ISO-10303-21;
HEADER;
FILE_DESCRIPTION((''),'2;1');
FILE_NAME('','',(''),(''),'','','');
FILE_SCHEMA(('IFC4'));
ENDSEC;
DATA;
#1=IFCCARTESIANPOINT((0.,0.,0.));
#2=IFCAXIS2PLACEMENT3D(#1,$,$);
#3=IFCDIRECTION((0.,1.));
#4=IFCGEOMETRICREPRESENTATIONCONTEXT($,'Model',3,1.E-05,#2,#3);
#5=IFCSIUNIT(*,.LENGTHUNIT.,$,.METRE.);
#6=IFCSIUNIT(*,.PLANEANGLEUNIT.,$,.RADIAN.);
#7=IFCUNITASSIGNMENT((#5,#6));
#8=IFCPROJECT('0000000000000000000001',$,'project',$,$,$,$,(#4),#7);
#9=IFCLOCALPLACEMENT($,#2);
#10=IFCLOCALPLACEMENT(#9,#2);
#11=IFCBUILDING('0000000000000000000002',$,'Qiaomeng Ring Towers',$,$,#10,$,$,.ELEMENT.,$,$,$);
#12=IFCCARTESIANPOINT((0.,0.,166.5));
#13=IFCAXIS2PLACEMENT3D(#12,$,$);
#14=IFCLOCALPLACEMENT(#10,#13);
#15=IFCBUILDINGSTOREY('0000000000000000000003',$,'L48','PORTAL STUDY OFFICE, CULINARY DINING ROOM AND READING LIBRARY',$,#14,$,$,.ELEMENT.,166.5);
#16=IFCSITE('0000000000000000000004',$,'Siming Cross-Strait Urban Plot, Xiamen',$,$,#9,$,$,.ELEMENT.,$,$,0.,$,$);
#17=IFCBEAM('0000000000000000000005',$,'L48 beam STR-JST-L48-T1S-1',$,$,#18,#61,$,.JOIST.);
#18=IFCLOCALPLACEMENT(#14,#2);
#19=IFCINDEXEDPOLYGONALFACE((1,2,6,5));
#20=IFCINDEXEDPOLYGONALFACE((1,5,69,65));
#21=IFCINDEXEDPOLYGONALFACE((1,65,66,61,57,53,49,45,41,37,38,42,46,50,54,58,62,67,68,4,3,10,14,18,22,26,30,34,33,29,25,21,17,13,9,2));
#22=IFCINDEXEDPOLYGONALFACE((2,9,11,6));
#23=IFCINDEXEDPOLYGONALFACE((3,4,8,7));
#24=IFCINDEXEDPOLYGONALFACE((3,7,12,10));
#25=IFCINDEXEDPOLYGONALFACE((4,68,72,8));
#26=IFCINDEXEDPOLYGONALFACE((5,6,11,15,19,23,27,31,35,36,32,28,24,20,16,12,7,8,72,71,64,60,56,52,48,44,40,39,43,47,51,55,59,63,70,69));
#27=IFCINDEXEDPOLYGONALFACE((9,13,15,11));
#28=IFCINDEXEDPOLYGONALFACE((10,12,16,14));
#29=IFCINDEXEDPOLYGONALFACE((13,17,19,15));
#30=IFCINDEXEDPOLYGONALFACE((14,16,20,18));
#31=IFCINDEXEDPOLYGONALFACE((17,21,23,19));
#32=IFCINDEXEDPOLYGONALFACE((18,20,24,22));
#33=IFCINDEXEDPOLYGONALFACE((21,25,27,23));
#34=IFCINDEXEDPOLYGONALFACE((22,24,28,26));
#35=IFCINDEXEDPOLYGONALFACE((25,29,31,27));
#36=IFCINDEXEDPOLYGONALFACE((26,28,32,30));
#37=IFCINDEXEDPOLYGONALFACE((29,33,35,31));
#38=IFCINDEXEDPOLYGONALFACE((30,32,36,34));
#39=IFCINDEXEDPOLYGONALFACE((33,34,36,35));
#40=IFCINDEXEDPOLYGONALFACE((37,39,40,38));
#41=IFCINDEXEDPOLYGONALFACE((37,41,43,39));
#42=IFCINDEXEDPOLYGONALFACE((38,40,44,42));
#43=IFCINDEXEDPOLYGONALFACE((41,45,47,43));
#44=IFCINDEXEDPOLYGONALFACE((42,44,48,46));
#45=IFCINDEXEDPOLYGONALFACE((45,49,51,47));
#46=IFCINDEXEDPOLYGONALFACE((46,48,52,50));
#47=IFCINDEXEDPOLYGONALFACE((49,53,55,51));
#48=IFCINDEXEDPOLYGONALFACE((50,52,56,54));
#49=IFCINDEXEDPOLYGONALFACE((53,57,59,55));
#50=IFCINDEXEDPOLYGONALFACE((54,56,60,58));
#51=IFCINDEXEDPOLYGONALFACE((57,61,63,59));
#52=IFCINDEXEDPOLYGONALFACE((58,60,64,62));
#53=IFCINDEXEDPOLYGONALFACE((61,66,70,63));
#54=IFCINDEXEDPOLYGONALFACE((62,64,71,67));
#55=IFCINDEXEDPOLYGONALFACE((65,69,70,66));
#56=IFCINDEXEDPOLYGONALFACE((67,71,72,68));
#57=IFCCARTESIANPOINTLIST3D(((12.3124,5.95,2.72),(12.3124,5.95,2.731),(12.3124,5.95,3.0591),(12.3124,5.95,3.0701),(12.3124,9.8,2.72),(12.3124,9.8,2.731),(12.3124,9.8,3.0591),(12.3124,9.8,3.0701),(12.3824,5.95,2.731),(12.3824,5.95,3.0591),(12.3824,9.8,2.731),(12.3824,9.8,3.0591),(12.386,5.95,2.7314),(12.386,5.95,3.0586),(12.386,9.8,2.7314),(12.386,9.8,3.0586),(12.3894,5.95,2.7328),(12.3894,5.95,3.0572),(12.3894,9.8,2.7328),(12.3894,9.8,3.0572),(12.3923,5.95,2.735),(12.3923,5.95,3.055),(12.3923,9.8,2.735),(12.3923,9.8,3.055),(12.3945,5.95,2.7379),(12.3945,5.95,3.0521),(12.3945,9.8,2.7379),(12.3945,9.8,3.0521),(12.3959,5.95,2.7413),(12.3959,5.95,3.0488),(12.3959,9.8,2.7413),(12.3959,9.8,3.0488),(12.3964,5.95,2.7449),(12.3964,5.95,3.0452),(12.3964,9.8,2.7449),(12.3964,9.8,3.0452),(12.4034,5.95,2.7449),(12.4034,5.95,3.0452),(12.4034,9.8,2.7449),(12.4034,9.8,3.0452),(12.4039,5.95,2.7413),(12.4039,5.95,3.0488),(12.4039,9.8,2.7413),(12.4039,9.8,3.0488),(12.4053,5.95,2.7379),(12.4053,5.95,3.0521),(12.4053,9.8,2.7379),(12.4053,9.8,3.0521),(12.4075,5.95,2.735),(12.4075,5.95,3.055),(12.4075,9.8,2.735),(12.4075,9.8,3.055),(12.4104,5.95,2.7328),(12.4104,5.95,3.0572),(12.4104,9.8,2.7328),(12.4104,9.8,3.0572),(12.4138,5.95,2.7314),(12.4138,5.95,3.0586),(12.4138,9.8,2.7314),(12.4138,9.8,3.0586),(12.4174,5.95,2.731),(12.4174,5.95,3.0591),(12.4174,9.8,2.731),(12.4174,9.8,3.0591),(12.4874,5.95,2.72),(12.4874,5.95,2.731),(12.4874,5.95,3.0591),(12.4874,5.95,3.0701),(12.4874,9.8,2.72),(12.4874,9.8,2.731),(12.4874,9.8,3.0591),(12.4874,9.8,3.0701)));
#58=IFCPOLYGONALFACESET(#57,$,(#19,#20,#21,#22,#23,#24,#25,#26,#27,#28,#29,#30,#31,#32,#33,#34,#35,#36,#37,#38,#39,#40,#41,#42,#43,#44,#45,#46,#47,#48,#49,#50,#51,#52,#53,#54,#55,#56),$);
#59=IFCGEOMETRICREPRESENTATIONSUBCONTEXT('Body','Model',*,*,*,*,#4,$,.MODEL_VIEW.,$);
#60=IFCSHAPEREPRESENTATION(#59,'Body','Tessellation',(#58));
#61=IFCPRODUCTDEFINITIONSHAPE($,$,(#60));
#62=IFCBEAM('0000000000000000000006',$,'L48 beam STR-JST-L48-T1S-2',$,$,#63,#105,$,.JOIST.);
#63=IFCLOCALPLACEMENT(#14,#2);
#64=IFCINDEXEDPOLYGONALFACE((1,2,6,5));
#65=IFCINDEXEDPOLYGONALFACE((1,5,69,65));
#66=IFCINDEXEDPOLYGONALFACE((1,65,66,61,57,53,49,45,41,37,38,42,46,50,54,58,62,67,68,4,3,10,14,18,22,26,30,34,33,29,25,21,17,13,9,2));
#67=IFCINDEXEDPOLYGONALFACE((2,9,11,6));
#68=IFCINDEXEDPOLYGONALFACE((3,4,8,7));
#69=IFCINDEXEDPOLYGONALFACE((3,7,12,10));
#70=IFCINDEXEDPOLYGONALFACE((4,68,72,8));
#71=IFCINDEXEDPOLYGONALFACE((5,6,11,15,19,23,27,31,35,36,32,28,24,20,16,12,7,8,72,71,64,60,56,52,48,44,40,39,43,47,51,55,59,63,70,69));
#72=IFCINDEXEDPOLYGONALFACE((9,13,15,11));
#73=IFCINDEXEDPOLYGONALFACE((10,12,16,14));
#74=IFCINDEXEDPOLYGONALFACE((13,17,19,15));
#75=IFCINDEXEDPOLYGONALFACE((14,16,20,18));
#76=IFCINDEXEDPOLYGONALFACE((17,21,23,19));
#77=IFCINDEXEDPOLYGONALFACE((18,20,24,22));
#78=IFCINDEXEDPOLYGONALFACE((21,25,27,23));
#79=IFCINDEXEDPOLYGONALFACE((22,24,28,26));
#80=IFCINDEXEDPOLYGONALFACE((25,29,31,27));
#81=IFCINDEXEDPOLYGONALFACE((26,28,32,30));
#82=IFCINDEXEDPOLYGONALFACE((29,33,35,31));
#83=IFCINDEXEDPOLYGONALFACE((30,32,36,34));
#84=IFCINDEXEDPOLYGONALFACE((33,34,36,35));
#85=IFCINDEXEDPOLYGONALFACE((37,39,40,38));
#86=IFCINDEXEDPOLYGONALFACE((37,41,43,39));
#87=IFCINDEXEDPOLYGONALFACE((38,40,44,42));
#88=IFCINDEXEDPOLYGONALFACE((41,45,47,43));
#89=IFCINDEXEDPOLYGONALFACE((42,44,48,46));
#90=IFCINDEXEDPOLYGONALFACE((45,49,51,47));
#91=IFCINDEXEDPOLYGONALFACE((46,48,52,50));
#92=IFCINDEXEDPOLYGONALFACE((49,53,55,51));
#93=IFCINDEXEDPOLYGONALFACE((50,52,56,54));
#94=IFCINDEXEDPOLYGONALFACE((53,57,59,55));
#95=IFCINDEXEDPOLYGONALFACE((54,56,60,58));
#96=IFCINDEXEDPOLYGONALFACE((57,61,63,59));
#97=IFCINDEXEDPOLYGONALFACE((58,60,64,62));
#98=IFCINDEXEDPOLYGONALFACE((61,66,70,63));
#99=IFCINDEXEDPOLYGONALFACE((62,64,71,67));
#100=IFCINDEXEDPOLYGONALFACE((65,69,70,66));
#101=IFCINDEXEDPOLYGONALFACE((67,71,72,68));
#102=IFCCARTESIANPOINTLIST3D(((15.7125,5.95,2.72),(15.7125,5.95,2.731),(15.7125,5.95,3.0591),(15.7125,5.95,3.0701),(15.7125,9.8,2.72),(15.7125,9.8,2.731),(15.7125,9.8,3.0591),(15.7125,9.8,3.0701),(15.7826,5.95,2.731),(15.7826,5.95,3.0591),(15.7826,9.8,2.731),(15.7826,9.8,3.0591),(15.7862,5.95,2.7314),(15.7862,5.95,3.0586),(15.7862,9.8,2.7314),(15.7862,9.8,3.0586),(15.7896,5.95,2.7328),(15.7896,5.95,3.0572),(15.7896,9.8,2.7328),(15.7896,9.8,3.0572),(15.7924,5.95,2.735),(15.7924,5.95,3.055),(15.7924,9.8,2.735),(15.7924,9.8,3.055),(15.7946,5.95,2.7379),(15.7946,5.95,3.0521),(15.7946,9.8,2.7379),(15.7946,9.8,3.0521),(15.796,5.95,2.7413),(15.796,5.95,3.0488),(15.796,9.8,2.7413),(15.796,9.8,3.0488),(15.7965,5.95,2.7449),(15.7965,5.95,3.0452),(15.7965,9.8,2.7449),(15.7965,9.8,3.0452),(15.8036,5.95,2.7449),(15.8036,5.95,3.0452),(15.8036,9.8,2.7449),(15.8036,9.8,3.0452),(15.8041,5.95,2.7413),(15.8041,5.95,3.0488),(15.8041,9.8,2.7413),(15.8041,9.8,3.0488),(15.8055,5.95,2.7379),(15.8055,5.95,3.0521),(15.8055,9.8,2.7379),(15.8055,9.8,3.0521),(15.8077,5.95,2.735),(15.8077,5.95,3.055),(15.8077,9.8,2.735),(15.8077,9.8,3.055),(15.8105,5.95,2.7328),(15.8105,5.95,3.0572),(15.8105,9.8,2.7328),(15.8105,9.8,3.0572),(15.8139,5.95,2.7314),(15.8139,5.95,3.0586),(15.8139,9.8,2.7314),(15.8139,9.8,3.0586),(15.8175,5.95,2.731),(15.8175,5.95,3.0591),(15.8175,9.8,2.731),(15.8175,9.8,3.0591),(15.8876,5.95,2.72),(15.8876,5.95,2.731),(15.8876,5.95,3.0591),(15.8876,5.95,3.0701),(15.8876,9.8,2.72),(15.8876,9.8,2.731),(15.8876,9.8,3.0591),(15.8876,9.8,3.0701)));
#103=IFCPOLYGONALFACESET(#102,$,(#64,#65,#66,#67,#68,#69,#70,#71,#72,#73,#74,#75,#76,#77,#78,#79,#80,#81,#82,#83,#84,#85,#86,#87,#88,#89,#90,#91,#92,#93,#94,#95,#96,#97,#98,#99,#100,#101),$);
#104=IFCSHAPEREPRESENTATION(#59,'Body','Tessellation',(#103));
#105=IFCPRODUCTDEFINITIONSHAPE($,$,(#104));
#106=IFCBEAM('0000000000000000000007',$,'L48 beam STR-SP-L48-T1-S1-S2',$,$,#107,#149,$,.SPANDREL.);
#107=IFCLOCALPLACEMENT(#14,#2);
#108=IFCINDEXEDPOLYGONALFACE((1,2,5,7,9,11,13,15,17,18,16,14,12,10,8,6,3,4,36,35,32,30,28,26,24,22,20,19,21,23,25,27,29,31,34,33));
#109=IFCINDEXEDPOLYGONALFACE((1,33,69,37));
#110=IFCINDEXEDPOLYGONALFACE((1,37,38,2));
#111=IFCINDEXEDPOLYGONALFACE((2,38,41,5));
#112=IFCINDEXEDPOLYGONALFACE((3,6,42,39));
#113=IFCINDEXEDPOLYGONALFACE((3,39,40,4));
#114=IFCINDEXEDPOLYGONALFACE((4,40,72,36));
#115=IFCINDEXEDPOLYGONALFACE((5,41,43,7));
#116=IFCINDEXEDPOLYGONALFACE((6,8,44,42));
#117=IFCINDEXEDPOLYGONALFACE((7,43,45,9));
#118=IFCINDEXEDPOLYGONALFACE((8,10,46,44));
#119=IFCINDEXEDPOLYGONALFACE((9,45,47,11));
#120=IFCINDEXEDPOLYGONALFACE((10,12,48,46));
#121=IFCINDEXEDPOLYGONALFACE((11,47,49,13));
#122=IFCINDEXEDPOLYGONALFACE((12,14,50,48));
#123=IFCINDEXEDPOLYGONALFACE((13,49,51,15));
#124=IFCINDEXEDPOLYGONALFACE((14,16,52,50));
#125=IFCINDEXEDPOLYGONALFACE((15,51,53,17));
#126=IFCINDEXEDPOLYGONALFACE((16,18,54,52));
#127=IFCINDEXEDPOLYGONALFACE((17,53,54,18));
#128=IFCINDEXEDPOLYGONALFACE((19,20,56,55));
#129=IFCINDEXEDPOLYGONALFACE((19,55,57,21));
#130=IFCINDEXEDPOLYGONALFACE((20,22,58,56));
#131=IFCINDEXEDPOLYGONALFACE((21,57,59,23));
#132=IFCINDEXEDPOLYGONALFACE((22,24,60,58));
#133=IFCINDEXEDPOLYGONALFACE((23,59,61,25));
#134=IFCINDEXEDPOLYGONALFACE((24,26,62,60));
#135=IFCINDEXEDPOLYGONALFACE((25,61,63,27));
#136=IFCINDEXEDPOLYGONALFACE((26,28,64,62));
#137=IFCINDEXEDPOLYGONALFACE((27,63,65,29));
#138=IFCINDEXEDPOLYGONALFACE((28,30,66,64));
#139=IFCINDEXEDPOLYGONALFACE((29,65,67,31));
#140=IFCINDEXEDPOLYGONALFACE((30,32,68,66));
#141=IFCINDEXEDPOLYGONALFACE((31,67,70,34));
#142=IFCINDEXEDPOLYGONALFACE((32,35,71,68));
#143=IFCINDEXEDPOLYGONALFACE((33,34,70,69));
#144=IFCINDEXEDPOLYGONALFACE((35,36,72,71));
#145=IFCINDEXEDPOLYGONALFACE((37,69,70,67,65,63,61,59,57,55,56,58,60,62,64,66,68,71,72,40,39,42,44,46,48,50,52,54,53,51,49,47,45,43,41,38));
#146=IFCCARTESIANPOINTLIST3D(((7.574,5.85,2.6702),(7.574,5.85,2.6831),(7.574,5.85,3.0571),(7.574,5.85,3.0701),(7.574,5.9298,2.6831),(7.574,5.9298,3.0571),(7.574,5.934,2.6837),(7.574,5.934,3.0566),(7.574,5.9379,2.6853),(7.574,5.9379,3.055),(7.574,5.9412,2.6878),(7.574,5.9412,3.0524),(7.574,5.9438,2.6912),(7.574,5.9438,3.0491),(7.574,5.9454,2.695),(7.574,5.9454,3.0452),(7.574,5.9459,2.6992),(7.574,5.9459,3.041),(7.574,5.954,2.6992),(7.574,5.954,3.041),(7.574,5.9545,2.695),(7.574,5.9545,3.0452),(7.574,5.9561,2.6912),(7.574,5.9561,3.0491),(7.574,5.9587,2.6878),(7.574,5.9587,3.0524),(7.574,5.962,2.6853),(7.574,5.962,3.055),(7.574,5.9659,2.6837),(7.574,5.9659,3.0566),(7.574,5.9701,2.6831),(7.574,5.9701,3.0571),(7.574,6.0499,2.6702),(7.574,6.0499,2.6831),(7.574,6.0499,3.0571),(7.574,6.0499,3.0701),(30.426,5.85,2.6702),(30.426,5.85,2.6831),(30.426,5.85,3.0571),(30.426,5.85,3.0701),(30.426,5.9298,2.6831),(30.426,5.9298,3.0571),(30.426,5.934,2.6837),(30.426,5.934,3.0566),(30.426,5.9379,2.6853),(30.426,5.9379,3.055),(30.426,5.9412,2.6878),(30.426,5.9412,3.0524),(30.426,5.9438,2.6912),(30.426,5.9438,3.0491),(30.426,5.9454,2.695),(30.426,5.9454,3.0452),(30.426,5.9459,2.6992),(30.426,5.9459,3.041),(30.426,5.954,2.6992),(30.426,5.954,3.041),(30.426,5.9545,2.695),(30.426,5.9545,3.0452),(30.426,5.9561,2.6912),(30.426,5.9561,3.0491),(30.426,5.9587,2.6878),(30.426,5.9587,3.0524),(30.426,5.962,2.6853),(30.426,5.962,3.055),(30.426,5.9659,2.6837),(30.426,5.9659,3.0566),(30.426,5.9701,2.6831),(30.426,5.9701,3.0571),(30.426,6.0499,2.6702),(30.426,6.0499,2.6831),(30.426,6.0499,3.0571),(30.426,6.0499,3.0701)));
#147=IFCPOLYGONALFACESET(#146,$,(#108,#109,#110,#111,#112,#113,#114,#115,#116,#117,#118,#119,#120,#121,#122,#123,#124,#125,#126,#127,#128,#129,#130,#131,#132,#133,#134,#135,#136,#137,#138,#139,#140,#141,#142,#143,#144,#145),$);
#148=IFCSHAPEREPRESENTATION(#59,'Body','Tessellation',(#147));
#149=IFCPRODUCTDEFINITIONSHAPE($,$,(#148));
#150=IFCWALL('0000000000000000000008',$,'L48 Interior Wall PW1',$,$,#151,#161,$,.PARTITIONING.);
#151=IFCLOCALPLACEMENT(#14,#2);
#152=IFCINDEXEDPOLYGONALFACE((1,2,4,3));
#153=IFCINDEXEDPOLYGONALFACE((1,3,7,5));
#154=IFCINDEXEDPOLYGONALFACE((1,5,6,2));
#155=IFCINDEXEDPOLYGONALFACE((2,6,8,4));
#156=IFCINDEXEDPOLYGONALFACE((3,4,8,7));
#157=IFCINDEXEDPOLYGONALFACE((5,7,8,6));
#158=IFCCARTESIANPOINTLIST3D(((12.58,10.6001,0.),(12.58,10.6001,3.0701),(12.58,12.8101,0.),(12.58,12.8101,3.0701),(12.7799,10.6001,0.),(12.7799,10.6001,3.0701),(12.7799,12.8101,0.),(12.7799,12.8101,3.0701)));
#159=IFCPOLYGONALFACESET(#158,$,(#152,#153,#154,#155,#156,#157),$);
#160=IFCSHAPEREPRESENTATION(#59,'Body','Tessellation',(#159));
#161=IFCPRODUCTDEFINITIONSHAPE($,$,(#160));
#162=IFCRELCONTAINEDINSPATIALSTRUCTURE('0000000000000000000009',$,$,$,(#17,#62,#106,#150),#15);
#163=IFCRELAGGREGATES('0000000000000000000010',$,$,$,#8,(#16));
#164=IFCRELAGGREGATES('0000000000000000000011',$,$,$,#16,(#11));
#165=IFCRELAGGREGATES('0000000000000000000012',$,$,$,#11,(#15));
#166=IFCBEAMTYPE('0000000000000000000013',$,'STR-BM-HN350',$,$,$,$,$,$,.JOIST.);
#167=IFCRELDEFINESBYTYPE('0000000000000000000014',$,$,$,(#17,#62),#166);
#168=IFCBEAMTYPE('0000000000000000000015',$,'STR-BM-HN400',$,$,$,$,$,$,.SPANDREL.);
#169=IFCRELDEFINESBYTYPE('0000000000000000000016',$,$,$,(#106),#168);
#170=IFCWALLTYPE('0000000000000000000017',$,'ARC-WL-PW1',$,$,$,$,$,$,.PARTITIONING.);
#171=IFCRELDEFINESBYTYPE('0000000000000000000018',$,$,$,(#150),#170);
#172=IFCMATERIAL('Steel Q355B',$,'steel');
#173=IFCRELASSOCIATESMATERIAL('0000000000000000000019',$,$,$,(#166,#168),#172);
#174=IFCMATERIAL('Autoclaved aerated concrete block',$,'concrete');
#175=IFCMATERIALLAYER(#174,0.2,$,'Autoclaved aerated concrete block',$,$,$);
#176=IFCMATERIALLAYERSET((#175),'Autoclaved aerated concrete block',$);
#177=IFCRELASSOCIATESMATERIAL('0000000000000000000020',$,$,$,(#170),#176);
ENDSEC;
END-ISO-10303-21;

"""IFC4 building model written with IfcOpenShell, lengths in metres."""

from ifc_helpers import new_model, si_unit, direction, frame, frame_2d, origin, origin_2d, place, context, subcontext, project, spatial, rectangle, i_section, extrude, source, transform, mapped, material, layer, layer_set, material_profile, profile_set, type_object, element, save


model = new_model("IFC4")

# Units and contexts
model_context = context("Model", 3, precision=1e-05, world=origin(), true_north=direction((0.0, 1.0)))
body_context = subcontext(model_context, "Body", "Model", "MODEL_VIEW")
ifc_project = project(units=[si_unit("LENGTHUNIT", "METRE"), si_unit("PLANEANGLEUNIT", "RADIAN")], contexts=[model_context])

# Site, building, storey
site_placement = place(None, origin())
site = spatial("IfcSite", under=ifc_project, at=site_placement, Name="Siming Cross-Strait Urban Plot, Xiamen", CompositionType="ELEMENT", RefElevation=0.0)
building_placement = place(site_placement, origin())
building = spatial("IfcBuilding", under=site, at=building_placement, Name="Qiaomeng Ring Towers", CompositionType="ELEMENT")
storey_placement = place(building_placement, frame((0.0, 0.0, 166.5)))
storey = spatial("IfcBuildingStorey", under=building, at=storey_placement, Name="L48", Description="PORTAL STUDY OFFICE, CULINARY DINING ROOM AND READING LIBRARY", CompositionType="ELEMENT", Elevation=166.5)

# Beams
ifc_material_1 = material(Name="Steel Q355B", Category="steel")
ifc_material_profile_1 = material_profile(ifc_material_1, i_section(OverallWidth=0.175, OverallDepth=0.3501, WebThickness=0.0071, FlangeThickness=0.011, FilletRadius=0.0139, at=origin_2d()), Name="HN 350x175x7x11")
ifc_profile_set_1 = profile_set([ifc_material_profile_1], Name="Steel Q355B")
beam_type_1 = type_object("IfcBeamType", Name="STR-BM-HN350", PredefinedType="JOIST", material=ifc_profile_set_1)
shared_shape_1 = source(origin(), body_context, "Body", "SweptSolid", [
    extrude(i_section(OverallWidth=0.175, OverallDepth=0.3501, WebThickness=0.0071, FlangeThickness=0.011, FilletRadius=0.0139, at=origin_2d()), origin(), (0.0, 0.0, 1.0), 3.8501),
])
for number, where, z_axis, x_axis, name in (
    (1, (12.3999, 5.95, 2.895), (0.0, 1.0, 0.0), (-1.0, 0.0, 0.0), "L48 beam STR-JST-L48-T1S-1"),
    (2, (15.8, 5.95, 2.895), (0.0, 1.0, 0.0), (-1.0, 0.0, 0.0), "L48 beam STR-JST-L48-T1S-2"),
):
    element("IfcBeam", number, at=place(storey_placement, frame(where, z_axis=z_axis, x_axis=x_axis)), inside=storey, type_object=beam_type_1, Name=name, PredefinedType="JOIST", context=body_context, shape_type="MappedRepresentation", body=[
        mapped(shared_shape_1, transform((0.0, 0.0, 0.0), x_axis=(1.0, 0.0, 0.0), y_axis=(0.0, 1.0, 0.0), z_axis=(0.0, 0.0, 1.0), scale=1.0)),
    ])
ifc_material_profile_2 = material_profile(ifc_material_1, i_section(OverallWidth=0.2, OverallDepth=0.3999, WebThickness=0.0081, FlangeThickness=0.0129, FilletRadius=0.0161, at=origin_2d()), Name="HN 400x200x8x13")
ifc_profile_set_2 = profile_set([ifc_material_profile_2], Name="Steel Q355B")
beam_type_2 = type_object("IfcBeamType", Name="STR-BM-HN400", PredefinedType="SPANDREL", material=ifc_profile_set_2)
shared_shape_2 = source(origin(), body_context, "Body", "SweptSolid", [
    extrude(i_section(OverallWidth=0.2, OverallDepth=0.3999, WebThickness=0.0081, FlangeThickness=0.0129, FilletRadius=0.0161, at=origin_2d()), origin(), (0.0, 0.0, 1.0), 22.8521),
])
beam_placement = place(storey_placement, frame((7.574, 5.95, 2.8701), z_axis=(1.0, 0.0, 0.0), x_axis=(0.0, 1.0, 0.0)))
element("IfcBeam", 3, at=beam_placement, inside=storey, type_object=beam_type_2, Name="L48 beam STR-SP-L48-T1-S1-S2", PredefinedType="SPANDREL", context=body_context, shape_type="MappedRepresentation", body=[
    mapped(shared_shape_2, transform((0.0, 0.0, 0.0), x_axis=(1.0, 0.0, 0.0), y_axis=(0.0, 1.0, 0.0), z_axis=(0.0, 0.0, 1.0), scale=1.0)),
])

# Wall
ifc_material_2 = material(Name="Autoclaved aerated concrete block", Category="concrete")
ifc_layer_1 = layer(ifc_material_2, 0.2, Name="Autoclaved aerated concrete block")
ifc_layer_set_1 = layer_set([ifc_layer_1], Name="Autoclaved aerated concrete block")
wall_type_1 = type_object("IfcWallType", Name="ARC-WL-PW1", PredefinedType="PARTITIONING", material=ifc_layer_set_1)
wall_1_placement = place(storey_placement, frame((12.6799, 10.6001, 0.0), z_axis=(0.0, 0.0, 1.0), x_axis=(0.0, 1.0, 0.0)))
element("IfcWall", 4, at=wall_1_placement, inside=storey, type_object=wall_type_1, Name="L48 Interior Wall PW1", PredefinedType="PARTITIONING", context=body_context, shape_type="SweptSolid", body=[
    extrude(rectangle(XDim=2.21, YDim=0.2, at=frame_2d((1.105, 0.0))), origin(), (0.0, 0.0, 1.0), 3.0701),
])

save(model, "model.ifc")
